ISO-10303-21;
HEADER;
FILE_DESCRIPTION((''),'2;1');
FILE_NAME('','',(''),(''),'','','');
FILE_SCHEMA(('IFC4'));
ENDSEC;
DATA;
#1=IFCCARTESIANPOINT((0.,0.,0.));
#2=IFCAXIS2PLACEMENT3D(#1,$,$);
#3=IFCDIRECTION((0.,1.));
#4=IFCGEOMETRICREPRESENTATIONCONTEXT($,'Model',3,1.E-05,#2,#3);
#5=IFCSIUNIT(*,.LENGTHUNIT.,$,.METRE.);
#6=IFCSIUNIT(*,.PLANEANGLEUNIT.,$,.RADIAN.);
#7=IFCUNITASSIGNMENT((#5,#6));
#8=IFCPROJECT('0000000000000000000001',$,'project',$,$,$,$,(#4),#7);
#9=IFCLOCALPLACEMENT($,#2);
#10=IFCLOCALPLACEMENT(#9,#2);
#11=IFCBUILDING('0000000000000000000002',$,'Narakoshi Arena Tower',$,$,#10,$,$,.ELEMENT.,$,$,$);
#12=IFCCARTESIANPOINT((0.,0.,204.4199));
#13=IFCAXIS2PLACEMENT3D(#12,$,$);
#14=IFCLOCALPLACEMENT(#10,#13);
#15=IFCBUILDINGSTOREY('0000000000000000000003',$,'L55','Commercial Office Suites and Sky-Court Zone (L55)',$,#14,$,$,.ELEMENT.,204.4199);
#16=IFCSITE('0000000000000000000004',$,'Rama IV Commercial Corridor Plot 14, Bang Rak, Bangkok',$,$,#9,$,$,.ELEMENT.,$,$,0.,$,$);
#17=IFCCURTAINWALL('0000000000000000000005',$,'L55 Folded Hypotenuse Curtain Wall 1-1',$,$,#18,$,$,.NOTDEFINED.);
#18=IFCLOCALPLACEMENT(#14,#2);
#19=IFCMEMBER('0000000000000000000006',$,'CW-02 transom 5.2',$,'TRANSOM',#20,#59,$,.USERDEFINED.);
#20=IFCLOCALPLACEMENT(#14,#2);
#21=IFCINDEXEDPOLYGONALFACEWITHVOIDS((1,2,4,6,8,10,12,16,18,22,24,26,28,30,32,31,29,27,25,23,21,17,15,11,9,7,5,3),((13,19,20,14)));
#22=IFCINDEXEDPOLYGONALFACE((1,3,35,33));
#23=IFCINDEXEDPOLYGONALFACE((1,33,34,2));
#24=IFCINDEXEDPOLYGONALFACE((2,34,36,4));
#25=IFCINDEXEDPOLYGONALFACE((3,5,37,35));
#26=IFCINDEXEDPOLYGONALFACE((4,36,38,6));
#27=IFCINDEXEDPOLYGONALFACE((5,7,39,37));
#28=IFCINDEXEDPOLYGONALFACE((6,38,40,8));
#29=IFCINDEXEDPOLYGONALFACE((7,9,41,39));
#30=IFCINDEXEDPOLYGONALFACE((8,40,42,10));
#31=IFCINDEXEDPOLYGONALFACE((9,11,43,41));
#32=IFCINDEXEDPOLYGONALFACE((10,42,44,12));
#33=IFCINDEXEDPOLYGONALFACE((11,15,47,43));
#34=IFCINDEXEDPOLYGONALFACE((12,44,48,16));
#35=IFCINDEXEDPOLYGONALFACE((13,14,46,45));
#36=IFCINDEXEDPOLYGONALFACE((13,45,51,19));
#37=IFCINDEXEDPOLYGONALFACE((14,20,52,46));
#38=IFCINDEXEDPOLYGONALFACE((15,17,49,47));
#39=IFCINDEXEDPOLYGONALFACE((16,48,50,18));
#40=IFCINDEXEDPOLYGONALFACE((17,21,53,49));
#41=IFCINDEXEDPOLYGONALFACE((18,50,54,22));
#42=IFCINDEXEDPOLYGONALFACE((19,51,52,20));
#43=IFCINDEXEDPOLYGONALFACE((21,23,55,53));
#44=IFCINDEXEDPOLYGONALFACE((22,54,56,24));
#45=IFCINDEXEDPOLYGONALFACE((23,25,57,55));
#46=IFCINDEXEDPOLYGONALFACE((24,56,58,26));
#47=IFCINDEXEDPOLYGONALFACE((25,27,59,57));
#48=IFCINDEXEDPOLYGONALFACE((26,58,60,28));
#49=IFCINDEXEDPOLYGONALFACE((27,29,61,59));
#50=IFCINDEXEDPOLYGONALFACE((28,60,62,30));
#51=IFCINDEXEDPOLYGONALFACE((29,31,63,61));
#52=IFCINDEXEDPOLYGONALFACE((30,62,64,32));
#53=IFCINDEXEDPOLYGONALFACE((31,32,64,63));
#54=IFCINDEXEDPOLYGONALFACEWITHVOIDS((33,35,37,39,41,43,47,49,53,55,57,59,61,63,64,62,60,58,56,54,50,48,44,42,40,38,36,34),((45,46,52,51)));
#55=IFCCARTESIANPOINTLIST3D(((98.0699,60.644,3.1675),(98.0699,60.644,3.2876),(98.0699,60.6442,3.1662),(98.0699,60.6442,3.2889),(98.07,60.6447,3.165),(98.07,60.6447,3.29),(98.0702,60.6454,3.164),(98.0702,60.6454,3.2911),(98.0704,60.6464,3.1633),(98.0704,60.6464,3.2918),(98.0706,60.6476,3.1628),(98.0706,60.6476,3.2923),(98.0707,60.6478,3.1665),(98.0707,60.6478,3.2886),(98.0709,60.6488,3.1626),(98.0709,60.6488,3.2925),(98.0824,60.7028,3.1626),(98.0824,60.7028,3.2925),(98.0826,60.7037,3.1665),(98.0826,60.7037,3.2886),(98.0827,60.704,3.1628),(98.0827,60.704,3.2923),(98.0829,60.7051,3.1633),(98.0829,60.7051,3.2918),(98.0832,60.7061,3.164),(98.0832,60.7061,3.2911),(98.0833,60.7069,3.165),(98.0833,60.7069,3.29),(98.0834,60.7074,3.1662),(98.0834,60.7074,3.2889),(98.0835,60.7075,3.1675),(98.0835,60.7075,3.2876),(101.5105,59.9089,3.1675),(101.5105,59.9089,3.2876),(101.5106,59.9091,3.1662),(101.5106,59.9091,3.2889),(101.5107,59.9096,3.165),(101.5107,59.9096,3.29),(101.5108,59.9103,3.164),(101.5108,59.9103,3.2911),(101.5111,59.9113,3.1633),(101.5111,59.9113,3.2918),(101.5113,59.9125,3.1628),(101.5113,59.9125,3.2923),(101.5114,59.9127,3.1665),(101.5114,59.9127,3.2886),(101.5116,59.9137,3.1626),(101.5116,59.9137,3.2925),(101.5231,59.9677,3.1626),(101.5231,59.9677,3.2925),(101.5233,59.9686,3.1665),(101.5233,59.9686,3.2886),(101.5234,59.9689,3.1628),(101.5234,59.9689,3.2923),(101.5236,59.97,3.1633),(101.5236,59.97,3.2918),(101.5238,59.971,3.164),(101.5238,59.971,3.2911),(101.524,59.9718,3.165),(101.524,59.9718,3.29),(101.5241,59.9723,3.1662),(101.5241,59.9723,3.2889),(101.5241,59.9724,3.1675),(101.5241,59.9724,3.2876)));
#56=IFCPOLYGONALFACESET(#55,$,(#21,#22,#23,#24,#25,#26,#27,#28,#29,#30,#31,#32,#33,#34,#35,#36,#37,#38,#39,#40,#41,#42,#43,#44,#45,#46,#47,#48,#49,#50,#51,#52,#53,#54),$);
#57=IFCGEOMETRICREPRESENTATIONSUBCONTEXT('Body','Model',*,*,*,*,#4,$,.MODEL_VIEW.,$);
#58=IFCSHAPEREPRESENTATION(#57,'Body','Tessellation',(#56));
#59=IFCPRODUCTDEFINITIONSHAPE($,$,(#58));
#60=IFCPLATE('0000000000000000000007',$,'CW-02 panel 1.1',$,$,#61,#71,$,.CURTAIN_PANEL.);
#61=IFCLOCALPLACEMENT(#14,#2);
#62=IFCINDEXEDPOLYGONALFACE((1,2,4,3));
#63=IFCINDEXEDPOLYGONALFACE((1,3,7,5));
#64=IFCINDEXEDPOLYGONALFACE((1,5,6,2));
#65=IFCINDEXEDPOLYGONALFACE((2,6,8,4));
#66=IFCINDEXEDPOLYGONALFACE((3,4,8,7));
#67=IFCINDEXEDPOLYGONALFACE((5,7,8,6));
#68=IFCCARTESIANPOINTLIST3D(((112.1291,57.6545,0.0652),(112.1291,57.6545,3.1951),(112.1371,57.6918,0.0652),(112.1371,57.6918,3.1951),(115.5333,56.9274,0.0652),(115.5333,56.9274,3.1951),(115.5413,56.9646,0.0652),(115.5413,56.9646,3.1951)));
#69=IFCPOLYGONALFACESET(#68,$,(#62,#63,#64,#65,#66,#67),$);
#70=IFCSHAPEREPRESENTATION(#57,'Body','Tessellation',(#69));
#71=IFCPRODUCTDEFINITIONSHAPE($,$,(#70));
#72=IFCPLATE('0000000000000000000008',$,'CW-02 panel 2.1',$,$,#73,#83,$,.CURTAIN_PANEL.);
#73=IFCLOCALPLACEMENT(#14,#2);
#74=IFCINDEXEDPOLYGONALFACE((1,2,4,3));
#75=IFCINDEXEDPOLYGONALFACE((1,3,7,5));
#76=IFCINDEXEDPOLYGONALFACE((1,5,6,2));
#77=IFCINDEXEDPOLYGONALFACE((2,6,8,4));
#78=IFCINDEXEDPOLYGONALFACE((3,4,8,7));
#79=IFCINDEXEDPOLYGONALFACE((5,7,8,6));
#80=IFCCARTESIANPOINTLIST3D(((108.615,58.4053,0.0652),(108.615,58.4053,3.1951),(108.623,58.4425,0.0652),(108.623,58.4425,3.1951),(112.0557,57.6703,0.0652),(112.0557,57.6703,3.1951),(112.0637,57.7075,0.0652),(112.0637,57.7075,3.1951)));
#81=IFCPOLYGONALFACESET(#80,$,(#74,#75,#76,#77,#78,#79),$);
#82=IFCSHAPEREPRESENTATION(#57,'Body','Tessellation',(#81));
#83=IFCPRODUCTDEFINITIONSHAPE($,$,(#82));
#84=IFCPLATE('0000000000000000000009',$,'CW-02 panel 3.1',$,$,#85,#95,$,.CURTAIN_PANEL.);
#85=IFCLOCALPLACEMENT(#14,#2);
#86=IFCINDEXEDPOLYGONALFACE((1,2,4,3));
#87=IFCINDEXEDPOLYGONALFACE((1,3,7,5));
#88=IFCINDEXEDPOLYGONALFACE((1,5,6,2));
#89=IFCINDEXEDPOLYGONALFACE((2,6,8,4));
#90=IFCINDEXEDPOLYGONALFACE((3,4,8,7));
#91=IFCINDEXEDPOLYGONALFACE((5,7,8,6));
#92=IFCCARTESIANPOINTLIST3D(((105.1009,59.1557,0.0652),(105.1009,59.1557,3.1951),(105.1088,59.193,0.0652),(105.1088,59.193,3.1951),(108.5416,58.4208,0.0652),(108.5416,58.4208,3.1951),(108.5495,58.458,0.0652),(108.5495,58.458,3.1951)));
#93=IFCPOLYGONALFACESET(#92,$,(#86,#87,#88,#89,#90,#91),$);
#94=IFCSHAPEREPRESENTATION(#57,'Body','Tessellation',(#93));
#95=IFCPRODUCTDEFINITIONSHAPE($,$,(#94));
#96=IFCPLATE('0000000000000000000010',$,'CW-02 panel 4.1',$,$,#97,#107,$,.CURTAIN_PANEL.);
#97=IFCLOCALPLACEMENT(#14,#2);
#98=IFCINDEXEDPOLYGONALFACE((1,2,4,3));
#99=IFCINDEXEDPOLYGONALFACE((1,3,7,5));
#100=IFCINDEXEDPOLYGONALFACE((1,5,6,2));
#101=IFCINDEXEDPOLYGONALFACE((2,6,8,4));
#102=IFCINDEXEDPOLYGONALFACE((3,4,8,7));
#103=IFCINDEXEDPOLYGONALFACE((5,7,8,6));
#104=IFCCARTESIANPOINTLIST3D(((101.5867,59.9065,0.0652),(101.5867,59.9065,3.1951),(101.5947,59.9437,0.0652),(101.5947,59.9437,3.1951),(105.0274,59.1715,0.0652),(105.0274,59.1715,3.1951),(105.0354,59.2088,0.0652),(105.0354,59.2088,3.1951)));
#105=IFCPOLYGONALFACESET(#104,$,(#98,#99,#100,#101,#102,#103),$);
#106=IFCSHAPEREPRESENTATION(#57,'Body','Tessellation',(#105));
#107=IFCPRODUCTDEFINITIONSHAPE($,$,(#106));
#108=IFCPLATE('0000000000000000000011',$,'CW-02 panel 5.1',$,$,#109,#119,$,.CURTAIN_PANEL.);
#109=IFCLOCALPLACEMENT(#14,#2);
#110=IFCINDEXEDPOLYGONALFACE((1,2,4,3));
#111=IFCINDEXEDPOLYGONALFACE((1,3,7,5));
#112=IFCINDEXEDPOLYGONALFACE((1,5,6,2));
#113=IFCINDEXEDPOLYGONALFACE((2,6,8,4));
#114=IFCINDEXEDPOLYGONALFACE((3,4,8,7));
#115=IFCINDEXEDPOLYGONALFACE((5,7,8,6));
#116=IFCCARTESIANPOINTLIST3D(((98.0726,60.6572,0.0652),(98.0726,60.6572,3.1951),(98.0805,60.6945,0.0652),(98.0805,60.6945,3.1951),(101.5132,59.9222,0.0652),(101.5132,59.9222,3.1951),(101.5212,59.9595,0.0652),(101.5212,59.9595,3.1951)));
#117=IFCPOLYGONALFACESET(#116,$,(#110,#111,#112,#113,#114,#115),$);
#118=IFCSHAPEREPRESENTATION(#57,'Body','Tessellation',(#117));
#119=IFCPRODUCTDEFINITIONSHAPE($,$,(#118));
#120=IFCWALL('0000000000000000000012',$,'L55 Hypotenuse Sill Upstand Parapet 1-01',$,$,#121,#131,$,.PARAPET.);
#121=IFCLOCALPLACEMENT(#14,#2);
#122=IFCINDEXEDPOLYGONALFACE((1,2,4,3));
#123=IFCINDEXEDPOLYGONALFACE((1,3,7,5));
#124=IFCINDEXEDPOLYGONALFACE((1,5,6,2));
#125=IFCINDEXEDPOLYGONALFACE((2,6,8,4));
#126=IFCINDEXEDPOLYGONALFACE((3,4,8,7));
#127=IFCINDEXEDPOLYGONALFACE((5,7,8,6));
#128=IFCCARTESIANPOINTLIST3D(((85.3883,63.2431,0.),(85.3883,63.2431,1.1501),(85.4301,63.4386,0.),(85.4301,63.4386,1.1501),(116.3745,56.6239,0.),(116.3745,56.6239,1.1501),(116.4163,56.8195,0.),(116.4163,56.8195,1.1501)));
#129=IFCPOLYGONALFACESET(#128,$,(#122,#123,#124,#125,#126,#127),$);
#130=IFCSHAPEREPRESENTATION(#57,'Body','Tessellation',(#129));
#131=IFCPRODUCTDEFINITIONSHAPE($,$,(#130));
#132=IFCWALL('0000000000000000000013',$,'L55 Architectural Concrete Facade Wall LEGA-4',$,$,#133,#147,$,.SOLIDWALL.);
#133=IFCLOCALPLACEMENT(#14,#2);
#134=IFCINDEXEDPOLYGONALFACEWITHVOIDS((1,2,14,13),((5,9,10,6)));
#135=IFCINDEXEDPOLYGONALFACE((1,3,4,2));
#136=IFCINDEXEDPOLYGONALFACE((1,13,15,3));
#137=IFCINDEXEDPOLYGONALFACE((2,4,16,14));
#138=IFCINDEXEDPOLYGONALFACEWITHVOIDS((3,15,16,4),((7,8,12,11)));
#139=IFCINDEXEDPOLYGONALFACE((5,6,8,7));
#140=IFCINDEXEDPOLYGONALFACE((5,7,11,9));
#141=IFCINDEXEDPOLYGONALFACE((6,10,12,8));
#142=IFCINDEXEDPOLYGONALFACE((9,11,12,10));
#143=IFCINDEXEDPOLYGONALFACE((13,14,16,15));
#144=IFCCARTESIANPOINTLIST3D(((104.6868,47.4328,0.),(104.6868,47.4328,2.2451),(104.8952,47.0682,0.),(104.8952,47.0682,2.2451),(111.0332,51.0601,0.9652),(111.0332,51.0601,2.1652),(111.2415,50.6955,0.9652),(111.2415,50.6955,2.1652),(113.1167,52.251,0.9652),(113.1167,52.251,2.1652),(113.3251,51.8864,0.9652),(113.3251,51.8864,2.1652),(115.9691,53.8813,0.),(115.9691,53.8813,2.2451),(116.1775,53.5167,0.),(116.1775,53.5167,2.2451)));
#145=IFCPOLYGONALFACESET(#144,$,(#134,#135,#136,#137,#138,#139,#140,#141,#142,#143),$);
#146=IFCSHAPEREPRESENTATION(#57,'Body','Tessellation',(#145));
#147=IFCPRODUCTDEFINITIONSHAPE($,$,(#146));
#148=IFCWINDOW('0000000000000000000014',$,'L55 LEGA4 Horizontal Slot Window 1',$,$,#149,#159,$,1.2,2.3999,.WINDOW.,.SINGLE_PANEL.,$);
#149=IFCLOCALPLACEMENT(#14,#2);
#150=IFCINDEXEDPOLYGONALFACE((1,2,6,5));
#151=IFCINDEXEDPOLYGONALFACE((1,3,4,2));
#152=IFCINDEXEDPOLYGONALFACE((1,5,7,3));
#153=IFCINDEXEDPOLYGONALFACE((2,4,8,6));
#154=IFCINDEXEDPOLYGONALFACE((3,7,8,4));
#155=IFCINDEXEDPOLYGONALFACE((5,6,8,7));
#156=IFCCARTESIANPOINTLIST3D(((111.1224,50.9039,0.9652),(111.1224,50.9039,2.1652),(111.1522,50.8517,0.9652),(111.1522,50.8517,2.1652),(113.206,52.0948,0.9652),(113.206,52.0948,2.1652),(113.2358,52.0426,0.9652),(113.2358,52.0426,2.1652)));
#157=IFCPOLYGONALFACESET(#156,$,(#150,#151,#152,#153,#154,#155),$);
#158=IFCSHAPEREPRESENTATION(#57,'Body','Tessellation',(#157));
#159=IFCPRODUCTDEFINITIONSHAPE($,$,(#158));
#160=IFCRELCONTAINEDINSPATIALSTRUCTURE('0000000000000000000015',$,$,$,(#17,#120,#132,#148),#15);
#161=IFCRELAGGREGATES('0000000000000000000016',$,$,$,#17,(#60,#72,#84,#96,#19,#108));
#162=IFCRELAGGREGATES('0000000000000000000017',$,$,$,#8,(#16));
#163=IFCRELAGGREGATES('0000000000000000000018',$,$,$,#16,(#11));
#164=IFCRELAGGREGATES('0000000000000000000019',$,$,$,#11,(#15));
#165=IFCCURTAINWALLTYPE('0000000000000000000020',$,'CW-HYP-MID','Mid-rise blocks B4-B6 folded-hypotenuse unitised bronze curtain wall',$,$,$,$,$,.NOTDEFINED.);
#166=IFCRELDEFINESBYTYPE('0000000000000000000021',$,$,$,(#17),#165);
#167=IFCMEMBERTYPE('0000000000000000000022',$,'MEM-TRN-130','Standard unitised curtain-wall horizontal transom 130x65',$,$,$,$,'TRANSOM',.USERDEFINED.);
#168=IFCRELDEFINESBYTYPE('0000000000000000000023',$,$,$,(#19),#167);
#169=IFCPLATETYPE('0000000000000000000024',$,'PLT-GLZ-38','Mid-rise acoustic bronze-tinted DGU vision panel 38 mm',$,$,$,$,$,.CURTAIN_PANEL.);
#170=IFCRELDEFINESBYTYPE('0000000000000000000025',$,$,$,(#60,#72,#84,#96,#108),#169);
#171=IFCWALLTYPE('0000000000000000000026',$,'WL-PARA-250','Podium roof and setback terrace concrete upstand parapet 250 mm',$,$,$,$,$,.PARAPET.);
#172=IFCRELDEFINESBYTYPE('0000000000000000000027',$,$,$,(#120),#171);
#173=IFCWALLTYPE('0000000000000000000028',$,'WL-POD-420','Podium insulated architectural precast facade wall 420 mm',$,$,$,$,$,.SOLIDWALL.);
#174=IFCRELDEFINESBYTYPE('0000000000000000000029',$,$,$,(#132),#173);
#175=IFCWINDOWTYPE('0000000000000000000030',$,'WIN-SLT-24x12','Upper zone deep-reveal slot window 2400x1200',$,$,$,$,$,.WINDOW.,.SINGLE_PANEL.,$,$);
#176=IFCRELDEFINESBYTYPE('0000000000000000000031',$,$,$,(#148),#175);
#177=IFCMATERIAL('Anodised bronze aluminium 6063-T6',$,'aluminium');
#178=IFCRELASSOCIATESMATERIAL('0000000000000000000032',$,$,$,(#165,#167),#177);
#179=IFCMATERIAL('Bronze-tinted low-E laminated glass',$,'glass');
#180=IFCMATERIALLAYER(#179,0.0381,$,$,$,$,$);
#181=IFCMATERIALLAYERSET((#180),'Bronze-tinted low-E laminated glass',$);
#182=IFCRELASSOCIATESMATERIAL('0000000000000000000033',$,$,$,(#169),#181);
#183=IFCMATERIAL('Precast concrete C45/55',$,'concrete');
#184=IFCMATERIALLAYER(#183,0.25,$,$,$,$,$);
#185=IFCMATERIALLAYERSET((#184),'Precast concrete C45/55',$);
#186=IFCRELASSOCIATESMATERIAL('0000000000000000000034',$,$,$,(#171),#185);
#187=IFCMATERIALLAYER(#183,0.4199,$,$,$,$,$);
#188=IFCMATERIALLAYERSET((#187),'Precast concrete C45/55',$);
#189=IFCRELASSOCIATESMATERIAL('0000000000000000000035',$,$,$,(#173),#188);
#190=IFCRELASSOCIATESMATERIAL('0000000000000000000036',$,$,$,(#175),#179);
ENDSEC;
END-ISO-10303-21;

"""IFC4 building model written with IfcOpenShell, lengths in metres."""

from ifc_helpers import new_model, si_unit, direction, frame, frame_2d, origin, origin_2d, place, context, subcontext, project, spatial, rectangle, hollow_rectangle, extrude, material, layer, layer_set, material_profile, profile_set, type_object, element, fill, aggregate, save


model = new_model("IFC4")

# Units and contexts
model_context = context("Model", 3, precision=1e-05, world=origin(), true_north=direction((0.0, 1.0)))
body_context = subcontext(model_context, "Body", "Model", "MODEL_VIEW")
ifc_project = project(units=[si_unit("LENGTHUNIT", "METRE"), si_unit("PLANEANGLEUNIT", "RADIAN")], contexts=[model_context])

# Site, building, storey
site_placement = place(None, origin())
site = spatial("IfcSite", under=ifc_project, at=site_placement, Name="Rama IV Commercial Corridor Plot 14, Bang Rak, Bangkok", CompositionType="ELEMENT", RefElevation=0.0)
building_placement = place(site_placement, origin())
building = spatial("IfcBuilding", under=site, at=building_placement, Name="Narakoshi Arena Tower", CompositionType="ELEMENT")
storey_placement = place(building_placement, frame((0.0, 0.0, 204.4199)))
storey = spatial("IfcBuildingStorey", under=building, at=storey_placement, Name="L55", Description="Commercial Office Suites and Sky-Court Zone (L55)", CompositionType="ELEMENT", Elevation=204.4199)

# Curtain wall, member, plates
ifc_material_1 = material(Name="Anodised bronze aluminium 6063-T6", Category="aluminium")
curtain_wall_type = type_object("IfcCurtainWallType", Name="CW-HYP-MID", Description="Mid-rise blocks B4-B6 folded-hypotenuse unitised bronze curtain wall", PredefinedType="NOTDEFINED", material=ifc_material_1)
curtain_wall_placement = place(storey_placement, origin())
curtain_wall = element("IfcCurtainWall", 1, at=curtain_wall_placement, inside=storey, type_object=curtain_wall_type, Name="L55 Folded Hypotenuse Curtain Wall 1-1", PredefinedType="NOTDEFINED")
ifc_material_profile_1 = material_profile(ifc_material_1, hollow_rectangle(XDim=0.0649, YDim=0.1299, WallThickness=0.0039, OuterFilletRadius=0.0049, at=origin_2d()), Name="TRN130x65x4")
ifc_profile_set_1 = profile_set([ifc_material_profile_1], Name="Anodised bronze aluminium 6063-T6")
member_type_1 = type_object("IfcMemberType", Name="MEM-TRN-130", Description="Standard unitised curtain-wall horizontal transom 130x65", ElementType="TRANSOM", PredefinedType="USERDEFINED", material=ifc_profile_set_1)
member_1_placement = place(storey_placement, frame((101.5173, 59.9407, 3.2275), z_axis=(-0.977929, 0.208937, 0.0), x_axis=(-0.208937, -0.977929, 0.0)))
member_1 = element("IfcMember", 2, at=member_1_placement, type_object=member_type_1, Name="CW-02 transom 5.2", ObjectType="TRANSOM", PredefinedType="USERDEFINED", context=body_context, shape_type="SweptSolid", body=[
    extrude(hollow_rectangle(XDim=0.0649, YDim=0.1299, WallThickness=0.0039, OuterFilletRadius=0.0049, at=origin_2d()), origin(), (0.0, 0.0, 1.0), 3.5183),
])
ifc_material_2 = material(Name="Bronze-tinted low-E laminated glass", Category="glass")
ifc_layer_1 = layer(ifc_material_2, 0.0381)
ifc_layer_set_1 = layer_set([ifc_layer_1], Name="Bronze-tinted low-E laminated glass")
plate_type = type_object("IfcPlateType", Name="PLT-GLZ-38", Description="Mid-rise acoustic bronze-tinted DGU vision panel 38 mm", PredefinedType="CURTAIN_PANEL", material=ifc_layer_set_1)
plate_1_placement = place(storey_placement, frame((113.8352, 57.3096, 0.0652), z_axis=(0.0, 0.0, 1.0), x_axis=(-0.977937, 0.208899, 0.0)))
plate_1 = element("IfcPlate", 3, at=plate_1_placement, type_object=plate_type, Name="CW-02 panel 1.1", PredefinedType="CURTAIN_PANEL", context=body_context, shape_type="SweptSolid", body=[
    extrude(rectangle(XDim=3.481, YDim=0.0381, at=origin_2d()), origin(), (0.0, 0.0, 1.0), 3.1299),
])
plate_2_placement = place(storey_placement, frame((110.3394, 58.0564, 0.0652), z_axis=(0.0, 0.0, 1.0), x_axis=(-0.977937, 0.208899, 0.0)))
plate_2 = element("IfcPlate", 4, at=plate_2_placement, type_object=plate_type, Name="CW-02 panel 2.1", PredefinedType="CURTAIN_PANEL", context=body_context, shape_type="SweptSolid", body=[
    extrude(rectangle(XDim=3.5183, YDim=0.0381, at=origin_2d()), origin(), (0.0, 0.0, 1.0), 3.1299),
])
plate_3_placement = place(storey_placement, frame((106.8252, 58.8069, 0.0652), z_axis=(0.0, 0.0, 1.0), x_axis=(-0.977937, 0.208899, 0.0)))
plate_3 = element("IfcPlate", 5, at=plate_3_placement, type_object=plate_type, Name="CW-02 panel 3.1", PredefinedType="CURTAIN_PANEL", context=body_context, shape_type="SweptSolid", body=[
    extrude(rectangle(XDim=3.5183, YDim=0.0381, at=origin_2d()), origin(), (0.0, 0.0, 1.0), 3.1299),
])
plate_4_placement = place(storey_placement, frame((103.311, 59.5576, 0.0652), z_axis=(0.0, 0.0, 1.0), x_axis=(-0.977937, 0.208899, 0.0)))
plate_4 = element("IfcPlate", 6, at=plate_4_placement, type_object=plate_type, Name="CW-02 panel 4.1", PredefinedType="CURTAIN_PANEL", context=body_context, shape_type="SweptSolid", body=[
    extrude(rectangle(XDim=3.5183, YDim=0.0381, at=origin_2d()), origin(), (0.0, 0.0, 1.0), 3.1299),
])
plate_5_placement = place(storey_placement, frame((99.7969, 60.3083, 0.0652), z_axis=(0.0, 0.0, 1.0), x_axis=(-0.977937, 0.208899, 0.0)))
plate_5 = element("IfcPlate", 7, at=plate_5_placement, type_object=plate_type, Name="CW-02 panel 5.1", PredefinedType="CURTAIN_PANEL", context=body_context, shape_type="SweptSolid", body=[
    extrude(rectangle(XDim=3.5183, YDim=0.0381, at=origin_2d()), origin(), (0.0, 0.0, 1.0), 3.1299),
])
aggregate(curtain_wall, [plate_1, plate_2, plate_3, plate_4, member_1, plate_5])

# Wall
ifc_material_3 = material(Name="Precast concrete C45/55", Category="concrete")
ifc_layer_2 = layer(ifc_material_3, 0.25)
ifc_layer_set_2 = layer_set([ifc_layer_2], Name="Precast concrete C45/55")
wall_type_1 = type_object("IfcWallType", Name="WL-PARA-250", Description="Podium roof and setback terrace concrete upstand parapet 250 mm", PredefinedType="PARAPET", material=ifc_layer_set_2)
wall_1_placement = place(storey_placement, frame((116.3955, 56.7217, 0.0), z_axis=(0.0, 0.0, 1.0), x_axis=(-0.977937, 0.208902, 0.0)))
element("IfcWall", 8, at=wall_1_placement, inside=storey, type_object=wall_type_1, Name="L55 Hypotenuse Sill Upstand Parapet 1-01", PredefinedType="PARAPET", context=body_context, shape_type="SweptSolid", body=[
    extrude(rectangle(XDim=31.6853, YDim=0.2, at=frame_2d((15.8428, 0.0))), origin(), (0.0, 0.0, 1.0), 1.1501),
])

# Wall, opening, window
ifc_layer_3 = layer(ifc_material_3, 0.4199)
ifc_layer_set_3 = layer_set([ifc_layer_3], Name="Precast concrete C45/55")
wall_type_2 = type_object("IfcWallType", Name="WL-POD-420", Description="Podium insulated architectural precast facade wall 420 mm", PredefinedType="SOLIDWALL", material=ifc_layer_set_3)
wall_2_placement = place(storey_placement, frame((104.791, 47.2505, 0.0), z_axis=(0.0, 0.0, 1.0), x_axis=(0.868193, 0.496226, 0.0)))
wall_2 = element("IfcWall", 9, at=wall_2_placement, inside=storey, type_object=wall_type_2, Name="L55 Architectural Concrete Facade Wall LEGA-4", PredefinedType="SOLIDWALL", context=body_context, shape_type="SweptSolid", body=[
    extrude(rectangle(XDim=12.9951, YDim=0.4199, at=frame_2d((6.4976, 0.0))), origin(), (0.0, 0.0, 1.0), 2.2451),
])
opening_1_placement = place(wall_2_placement, frame((7.3098, 0.0, 0.9651)))
opening_1 = element("IfcOpeningElement", 10, at=opening_1_placement, cuts=wall_2, PredefinedType="OPENING", context=body_context, shape_type="SweptSolid", body=[
    extrude(rectangle(XDim=2.3999, YDim=1.2, at=frame_2d((1.2, 0.6001))), frame((0.0, 0.22, 0.0), z_axis=(0.0, -1.0, 0.0), x_axis=(1.0, 0.0, 0.0)), (0.0, 0.0, 1.0), 0.4399),
])
window_type_1 = type_object("IfcWindowType", Name="WIN-SLT-24x12", Description="Upper zone deep-reveal slot window 2400x1200", PartitioningType="SINGLE_PANEL", PredefinedType="WINDOW", material=ifc_material_2)
window_1_placement = place(opening_1_placement, origin())
window_1 = element("IfcWindow", 11, at=window_1_placement, inside=storey, type_object=window_type_1, Name="L55 LEGA4 Horizontal Slot Window 1", OverallHeight=1.2, OverallWidth=2.3999, PartitioningType="SINGLE_PANEL", PredefinedType="WINDOW", context=body_context, shape_type="SweptSolid", body=[
    extrude(rectangle(XDim=2.3999, YDim=1.2, at=frame_2d((1.2, 0.6001))), frame((0.0, 0.03, 0.0), z_axis=(0.0, -1.0, 0.0), x_axis=(1.0, 0.0, 0.0)), (0.0, 0.0, 1.0), 0.0601),
])
fill(opening_1, window_1)

save(model, "model.ifc")
